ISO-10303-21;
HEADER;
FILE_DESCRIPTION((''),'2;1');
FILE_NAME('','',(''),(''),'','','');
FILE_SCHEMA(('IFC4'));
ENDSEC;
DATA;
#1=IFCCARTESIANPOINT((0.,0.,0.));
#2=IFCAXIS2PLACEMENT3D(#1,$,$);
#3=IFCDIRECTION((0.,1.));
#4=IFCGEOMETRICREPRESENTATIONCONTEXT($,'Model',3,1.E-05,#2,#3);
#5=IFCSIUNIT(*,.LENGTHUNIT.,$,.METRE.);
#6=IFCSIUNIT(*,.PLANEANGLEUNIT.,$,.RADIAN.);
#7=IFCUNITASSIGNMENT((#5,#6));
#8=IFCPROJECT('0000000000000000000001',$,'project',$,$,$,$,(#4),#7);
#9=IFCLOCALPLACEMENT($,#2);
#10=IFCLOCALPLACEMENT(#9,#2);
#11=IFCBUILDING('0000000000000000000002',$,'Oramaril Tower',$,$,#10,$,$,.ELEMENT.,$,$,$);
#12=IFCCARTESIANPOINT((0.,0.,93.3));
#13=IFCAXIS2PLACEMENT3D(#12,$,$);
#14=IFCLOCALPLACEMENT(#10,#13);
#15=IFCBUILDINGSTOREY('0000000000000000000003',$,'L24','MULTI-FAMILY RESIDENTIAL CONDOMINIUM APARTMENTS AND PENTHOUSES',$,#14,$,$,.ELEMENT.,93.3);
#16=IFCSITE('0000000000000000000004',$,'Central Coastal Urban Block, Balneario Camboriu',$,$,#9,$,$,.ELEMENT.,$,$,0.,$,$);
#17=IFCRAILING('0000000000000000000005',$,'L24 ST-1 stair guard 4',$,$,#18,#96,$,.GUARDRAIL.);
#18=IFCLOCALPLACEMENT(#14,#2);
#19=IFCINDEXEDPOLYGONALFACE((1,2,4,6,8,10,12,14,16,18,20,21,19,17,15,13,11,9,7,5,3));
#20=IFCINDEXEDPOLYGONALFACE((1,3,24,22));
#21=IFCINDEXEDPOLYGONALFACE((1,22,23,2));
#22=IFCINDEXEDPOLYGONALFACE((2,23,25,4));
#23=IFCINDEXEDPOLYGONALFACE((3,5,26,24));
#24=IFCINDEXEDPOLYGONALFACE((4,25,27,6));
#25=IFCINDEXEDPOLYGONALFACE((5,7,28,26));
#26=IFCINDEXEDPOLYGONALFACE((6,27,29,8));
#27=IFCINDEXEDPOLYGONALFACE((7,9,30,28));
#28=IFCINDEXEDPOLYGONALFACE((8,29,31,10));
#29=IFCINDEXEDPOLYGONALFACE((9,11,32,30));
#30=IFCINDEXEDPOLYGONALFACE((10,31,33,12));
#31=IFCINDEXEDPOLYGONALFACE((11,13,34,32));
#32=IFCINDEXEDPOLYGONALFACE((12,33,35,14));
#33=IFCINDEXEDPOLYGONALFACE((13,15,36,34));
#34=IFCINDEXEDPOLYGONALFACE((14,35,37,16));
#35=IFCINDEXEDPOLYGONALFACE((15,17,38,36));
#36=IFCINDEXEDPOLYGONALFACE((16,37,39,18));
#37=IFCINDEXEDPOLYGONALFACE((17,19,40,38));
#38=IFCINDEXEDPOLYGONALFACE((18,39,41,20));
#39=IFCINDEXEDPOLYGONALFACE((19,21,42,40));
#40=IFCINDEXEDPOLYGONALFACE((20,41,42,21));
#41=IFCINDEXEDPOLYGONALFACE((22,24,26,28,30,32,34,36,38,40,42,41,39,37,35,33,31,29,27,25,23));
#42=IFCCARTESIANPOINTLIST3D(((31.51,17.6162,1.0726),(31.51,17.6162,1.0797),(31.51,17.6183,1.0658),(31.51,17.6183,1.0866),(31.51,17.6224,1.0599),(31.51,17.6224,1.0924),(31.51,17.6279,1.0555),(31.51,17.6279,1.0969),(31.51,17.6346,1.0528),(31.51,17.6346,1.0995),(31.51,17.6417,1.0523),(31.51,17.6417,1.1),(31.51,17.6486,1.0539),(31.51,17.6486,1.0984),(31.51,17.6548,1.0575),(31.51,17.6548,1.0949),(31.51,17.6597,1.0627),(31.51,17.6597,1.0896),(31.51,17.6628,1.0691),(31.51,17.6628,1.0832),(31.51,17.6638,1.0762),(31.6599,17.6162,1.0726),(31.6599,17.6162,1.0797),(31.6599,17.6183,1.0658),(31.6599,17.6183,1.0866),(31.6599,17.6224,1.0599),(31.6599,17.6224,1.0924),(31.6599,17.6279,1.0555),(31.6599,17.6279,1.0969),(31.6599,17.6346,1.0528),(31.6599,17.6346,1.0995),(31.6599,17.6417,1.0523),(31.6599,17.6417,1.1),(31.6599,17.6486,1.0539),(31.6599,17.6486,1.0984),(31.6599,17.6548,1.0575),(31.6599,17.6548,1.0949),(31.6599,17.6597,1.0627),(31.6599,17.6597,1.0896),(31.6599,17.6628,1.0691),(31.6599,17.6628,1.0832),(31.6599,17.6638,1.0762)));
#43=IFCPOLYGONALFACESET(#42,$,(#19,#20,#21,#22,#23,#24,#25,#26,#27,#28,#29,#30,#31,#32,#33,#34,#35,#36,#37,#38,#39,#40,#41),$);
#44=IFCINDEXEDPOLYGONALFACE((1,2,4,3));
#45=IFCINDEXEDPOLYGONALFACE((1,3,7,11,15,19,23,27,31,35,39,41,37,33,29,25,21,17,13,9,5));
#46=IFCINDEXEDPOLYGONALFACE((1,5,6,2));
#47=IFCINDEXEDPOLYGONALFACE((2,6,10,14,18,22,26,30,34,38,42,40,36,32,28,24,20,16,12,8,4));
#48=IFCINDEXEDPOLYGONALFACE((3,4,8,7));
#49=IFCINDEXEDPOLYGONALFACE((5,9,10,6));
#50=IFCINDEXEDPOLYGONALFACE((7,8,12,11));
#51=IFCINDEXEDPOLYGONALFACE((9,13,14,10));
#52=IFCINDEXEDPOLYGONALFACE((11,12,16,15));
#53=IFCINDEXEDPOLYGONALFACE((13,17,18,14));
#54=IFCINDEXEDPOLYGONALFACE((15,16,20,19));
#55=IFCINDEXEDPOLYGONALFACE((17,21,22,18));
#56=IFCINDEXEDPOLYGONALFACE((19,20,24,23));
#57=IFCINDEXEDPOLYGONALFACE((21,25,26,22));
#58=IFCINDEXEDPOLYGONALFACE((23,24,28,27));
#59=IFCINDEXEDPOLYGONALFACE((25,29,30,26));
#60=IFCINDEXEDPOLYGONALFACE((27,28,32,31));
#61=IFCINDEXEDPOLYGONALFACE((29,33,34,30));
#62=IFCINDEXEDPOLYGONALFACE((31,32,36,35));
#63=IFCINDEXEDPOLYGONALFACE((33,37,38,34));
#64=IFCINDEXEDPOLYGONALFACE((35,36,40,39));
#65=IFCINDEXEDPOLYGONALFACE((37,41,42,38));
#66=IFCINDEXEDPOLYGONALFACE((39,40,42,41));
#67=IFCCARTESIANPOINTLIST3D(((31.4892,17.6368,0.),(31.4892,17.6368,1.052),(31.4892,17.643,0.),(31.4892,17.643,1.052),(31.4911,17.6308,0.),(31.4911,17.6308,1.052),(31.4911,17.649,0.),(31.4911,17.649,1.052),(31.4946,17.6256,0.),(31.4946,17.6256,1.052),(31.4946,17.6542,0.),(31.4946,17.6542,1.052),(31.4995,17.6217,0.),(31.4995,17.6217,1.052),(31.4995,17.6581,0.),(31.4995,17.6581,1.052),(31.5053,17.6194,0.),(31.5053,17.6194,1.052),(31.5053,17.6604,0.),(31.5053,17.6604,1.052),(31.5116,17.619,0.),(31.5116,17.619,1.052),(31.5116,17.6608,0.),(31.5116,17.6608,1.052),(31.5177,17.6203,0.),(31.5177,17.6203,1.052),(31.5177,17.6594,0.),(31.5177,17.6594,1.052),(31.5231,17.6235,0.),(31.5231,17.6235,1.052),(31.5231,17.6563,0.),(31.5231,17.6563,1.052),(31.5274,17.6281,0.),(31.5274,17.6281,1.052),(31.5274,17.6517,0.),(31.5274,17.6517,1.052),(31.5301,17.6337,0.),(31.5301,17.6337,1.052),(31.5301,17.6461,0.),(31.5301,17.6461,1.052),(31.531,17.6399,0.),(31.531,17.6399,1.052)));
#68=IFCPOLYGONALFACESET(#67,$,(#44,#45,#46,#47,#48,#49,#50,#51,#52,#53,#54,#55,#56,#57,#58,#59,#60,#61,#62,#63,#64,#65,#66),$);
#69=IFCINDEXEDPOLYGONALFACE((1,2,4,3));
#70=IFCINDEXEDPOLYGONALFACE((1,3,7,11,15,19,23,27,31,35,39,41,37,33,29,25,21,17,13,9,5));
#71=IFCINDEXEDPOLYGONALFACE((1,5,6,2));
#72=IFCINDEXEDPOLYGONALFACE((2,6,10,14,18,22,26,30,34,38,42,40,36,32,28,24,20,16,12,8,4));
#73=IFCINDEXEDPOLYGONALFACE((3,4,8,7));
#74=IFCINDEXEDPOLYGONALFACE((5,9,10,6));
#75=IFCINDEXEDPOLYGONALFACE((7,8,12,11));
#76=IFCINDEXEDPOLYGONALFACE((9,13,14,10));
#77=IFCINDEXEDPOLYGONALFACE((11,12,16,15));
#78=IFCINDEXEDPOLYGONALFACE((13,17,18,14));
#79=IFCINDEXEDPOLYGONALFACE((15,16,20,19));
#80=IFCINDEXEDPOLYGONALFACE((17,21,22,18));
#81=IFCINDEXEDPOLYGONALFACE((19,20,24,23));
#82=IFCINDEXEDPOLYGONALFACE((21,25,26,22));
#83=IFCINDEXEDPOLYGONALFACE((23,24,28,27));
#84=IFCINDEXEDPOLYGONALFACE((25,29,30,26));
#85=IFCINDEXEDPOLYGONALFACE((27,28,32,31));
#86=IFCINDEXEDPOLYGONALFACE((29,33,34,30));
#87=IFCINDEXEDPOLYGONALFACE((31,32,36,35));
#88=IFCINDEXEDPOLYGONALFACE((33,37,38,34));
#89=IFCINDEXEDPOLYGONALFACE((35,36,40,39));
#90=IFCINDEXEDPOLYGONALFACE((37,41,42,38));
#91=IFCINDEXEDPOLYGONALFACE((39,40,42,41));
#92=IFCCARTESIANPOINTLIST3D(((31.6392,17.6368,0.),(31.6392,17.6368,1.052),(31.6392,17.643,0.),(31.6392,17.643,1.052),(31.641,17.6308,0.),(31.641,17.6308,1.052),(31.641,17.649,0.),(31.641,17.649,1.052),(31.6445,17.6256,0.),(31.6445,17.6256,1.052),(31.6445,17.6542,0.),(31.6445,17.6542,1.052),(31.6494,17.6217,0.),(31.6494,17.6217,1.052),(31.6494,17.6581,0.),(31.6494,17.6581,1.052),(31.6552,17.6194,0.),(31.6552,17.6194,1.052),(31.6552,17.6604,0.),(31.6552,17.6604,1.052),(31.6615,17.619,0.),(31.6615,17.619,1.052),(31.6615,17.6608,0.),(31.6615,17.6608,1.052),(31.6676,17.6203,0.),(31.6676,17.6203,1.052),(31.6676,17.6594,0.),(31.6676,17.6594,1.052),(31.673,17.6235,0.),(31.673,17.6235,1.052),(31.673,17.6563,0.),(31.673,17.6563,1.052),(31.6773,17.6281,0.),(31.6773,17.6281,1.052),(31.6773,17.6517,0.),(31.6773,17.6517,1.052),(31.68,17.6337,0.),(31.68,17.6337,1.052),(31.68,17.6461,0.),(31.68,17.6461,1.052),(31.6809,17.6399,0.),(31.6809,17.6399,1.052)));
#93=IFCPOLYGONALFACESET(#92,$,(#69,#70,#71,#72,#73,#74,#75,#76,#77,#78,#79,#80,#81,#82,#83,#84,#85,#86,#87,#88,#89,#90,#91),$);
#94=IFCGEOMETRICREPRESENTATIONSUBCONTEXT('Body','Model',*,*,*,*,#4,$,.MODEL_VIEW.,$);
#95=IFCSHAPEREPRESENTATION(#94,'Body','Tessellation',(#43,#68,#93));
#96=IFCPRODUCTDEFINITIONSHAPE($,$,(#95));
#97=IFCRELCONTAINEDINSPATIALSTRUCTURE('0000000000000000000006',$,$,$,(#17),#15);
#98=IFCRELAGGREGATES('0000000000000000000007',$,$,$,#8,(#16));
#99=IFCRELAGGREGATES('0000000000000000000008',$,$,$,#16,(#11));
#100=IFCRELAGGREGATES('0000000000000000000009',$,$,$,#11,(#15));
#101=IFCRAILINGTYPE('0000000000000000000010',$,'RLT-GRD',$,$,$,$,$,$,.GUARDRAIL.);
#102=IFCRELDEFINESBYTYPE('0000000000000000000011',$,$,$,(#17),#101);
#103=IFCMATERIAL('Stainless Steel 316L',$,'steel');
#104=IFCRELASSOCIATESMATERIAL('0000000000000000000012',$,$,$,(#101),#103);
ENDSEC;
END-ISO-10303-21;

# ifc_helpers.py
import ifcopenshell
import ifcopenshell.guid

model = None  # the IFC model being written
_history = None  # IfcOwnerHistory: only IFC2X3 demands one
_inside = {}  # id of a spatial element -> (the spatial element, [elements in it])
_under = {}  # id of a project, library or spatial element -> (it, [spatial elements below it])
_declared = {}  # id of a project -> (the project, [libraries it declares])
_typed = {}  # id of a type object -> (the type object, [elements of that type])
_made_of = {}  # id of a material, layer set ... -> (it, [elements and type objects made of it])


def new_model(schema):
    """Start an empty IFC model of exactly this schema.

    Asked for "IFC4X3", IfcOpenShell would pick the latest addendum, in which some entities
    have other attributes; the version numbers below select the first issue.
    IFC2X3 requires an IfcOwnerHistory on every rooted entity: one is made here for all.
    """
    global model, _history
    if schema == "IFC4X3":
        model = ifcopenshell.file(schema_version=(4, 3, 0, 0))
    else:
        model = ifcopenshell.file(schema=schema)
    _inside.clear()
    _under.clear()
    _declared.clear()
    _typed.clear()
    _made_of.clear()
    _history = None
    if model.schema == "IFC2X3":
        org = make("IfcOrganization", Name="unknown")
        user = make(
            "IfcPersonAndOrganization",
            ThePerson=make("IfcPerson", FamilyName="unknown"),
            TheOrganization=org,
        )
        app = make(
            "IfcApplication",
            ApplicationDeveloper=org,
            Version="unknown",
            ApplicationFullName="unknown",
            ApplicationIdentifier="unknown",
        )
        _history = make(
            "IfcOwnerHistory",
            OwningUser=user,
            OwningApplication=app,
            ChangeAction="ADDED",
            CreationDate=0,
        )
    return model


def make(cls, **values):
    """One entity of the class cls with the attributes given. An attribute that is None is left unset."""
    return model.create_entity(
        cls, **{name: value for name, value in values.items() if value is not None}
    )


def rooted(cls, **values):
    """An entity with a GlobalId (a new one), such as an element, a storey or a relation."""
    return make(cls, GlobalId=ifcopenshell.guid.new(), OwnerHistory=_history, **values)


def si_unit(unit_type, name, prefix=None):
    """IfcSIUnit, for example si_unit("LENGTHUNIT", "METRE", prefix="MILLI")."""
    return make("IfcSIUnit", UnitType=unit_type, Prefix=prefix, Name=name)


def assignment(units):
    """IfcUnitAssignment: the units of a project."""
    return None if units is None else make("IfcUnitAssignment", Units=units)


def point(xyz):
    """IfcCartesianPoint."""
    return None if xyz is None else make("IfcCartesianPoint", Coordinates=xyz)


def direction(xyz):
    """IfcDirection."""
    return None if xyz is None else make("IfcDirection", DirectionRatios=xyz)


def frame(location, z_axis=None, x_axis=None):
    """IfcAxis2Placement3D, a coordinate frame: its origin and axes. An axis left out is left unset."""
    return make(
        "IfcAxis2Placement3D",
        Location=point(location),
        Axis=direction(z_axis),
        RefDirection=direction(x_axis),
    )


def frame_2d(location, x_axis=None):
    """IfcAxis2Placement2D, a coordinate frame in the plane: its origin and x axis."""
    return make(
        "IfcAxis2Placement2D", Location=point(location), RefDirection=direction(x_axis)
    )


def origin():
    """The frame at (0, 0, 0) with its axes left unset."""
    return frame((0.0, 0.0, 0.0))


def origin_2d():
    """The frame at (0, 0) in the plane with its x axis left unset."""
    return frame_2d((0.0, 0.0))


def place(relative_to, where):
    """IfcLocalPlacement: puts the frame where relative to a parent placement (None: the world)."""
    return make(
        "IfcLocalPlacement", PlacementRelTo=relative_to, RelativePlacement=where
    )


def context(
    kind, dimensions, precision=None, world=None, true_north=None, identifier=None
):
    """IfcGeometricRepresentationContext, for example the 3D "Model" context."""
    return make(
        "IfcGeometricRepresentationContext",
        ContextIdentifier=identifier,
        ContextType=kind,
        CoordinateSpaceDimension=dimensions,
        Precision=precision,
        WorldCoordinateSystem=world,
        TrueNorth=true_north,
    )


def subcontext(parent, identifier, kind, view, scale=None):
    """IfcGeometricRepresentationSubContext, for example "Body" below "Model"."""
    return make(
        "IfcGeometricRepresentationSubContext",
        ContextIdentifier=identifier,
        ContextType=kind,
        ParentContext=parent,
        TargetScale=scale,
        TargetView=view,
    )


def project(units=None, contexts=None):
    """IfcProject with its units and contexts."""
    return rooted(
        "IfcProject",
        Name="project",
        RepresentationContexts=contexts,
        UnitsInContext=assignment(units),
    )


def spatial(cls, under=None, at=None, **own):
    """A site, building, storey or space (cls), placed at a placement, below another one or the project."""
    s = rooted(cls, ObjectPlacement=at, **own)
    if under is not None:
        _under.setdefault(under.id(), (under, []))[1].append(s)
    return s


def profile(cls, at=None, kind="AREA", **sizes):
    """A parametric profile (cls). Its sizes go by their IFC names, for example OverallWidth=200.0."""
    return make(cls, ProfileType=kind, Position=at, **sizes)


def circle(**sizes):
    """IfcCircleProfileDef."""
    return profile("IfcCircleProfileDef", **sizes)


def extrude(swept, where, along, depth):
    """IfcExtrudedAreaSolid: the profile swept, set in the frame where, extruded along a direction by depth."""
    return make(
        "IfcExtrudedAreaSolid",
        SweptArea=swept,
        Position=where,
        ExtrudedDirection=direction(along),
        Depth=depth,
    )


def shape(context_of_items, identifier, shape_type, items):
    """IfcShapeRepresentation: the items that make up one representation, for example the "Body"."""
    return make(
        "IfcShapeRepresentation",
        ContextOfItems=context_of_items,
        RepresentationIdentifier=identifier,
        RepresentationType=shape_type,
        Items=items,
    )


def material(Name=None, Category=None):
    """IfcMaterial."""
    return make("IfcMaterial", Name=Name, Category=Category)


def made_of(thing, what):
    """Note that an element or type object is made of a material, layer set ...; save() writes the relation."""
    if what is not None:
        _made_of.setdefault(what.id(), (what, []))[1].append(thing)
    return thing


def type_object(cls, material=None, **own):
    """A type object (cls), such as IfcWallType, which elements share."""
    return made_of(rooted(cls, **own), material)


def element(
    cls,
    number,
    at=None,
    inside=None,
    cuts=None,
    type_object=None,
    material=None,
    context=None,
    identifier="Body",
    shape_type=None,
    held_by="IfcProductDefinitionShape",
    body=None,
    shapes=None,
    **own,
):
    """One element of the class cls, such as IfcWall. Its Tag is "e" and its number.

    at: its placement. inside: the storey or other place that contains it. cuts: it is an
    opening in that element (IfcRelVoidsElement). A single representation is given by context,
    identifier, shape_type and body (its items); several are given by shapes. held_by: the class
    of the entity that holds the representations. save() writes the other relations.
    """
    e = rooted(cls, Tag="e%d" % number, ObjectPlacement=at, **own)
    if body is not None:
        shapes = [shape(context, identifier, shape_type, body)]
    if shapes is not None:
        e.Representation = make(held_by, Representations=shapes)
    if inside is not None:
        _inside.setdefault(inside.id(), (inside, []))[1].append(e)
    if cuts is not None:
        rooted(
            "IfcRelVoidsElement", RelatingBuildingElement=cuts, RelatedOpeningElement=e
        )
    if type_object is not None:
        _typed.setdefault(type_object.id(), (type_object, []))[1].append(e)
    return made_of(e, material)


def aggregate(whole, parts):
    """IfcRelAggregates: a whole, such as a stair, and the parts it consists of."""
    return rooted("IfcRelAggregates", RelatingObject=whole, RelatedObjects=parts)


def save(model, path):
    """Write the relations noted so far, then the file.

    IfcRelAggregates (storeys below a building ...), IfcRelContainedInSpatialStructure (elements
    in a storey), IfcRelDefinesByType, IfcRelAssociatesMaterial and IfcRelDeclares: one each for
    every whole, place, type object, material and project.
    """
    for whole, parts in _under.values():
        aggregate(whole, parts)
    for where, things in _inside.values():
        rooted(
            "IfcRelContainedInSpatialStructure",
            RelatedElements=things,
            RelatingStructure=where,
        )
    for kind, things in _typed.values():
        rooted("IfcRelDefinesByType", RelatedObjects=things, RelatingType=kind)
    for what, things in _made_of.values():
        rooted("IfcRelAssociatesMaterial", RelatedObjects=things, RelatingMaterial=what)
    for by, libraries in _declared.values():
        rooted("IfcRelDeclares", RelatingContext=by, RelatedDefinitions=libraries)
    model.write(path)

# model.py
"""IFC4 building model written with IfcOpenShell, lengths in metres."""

from ifc_helpers import new_model, si_unit, direction, frame, origin, origin_2d, place, context, subcontext, project, spatial, circle, extrude, material, type_object, element, save


model = new_model("IFC4")

# Units and contexts
model_context = context("Model", 3, precision=1e-05, world=origin(), true_north=direction((0.0, 1.0)))
body_context = subcontext(model_context, "Body", "Model", "MODEL_VIEW")
ifc_project = project(units=[si_unit("LENGTHUNIT", "METRE"), si_unit("PLANEANGLEUNIT", "RADIAN")], contexts=[model_context])

# Site, building, storey
site_placement = place(None, origin())
site = spatial("IfcSite", under=ifc_project, at=site_placement, Name="Central Coastal Urban Block, Balneario Camboriu", CompositionType="ELEMENT", RefElevation=0.0)
building_placement = place(site_placement, origin())
building = spatial("IfcBuilding", under=site, at=building_placement, Name="Oramaril Tower", CompositionType="ELEMENT")
storey_placement = place(building_placement, frame((0.0, 0.0, 93.3)))
storey = spatial("IfcBuildingStorey", under=building, at=storey_placement, Name="L24", Description="MULTI-FAMILY RESIDENTIAL CONDOMINIUM APARTMENTS AND PENTHOUSES", CompositionType="ELEMENT", Elevation=93.3)

# Railing
ifc_material_1 = material(Name="Stainless Steel 316L", Category="steel")
railing_type_1 = type_object("IfcRailingType", Name="RLT-GRD", PredefinedType="GUARDRAIL", material=ifc_material_1)
railing_1_placement = place(storey_placement, frame((31.51, 17.6399, 0.0)))
element("IfcRailing", 1, at=railing_1_placement, inside=storey, type_object=railing_type_1, Name="L24 ST-1 stair guard 4", PredefinedType="GUARDRAIL", context=body_context, shape_type="SweptSolid", body=[
    extrude(circle(Radius=0.0239, at=origin_2d()), frame((0.0, 0.0, 1.0762), z_axis=(1.0, 0.0, 0.0), x_axis=(0.0, 1.0, 0.0)), (0.0, 0.0, 1.0), 0.1499),
    extrude(circle(Radius=0.021, at=origin_2d()), origin(), (0.0, 0.0, 1.0), 1.052),
    extrude(circle(Radius=0.021, at=origin_2d()), frame((0.1499, 0.0, 0.0)), (0.0, 0.0, 1.0), 1.052),
])

save(model, "model.ifc")
